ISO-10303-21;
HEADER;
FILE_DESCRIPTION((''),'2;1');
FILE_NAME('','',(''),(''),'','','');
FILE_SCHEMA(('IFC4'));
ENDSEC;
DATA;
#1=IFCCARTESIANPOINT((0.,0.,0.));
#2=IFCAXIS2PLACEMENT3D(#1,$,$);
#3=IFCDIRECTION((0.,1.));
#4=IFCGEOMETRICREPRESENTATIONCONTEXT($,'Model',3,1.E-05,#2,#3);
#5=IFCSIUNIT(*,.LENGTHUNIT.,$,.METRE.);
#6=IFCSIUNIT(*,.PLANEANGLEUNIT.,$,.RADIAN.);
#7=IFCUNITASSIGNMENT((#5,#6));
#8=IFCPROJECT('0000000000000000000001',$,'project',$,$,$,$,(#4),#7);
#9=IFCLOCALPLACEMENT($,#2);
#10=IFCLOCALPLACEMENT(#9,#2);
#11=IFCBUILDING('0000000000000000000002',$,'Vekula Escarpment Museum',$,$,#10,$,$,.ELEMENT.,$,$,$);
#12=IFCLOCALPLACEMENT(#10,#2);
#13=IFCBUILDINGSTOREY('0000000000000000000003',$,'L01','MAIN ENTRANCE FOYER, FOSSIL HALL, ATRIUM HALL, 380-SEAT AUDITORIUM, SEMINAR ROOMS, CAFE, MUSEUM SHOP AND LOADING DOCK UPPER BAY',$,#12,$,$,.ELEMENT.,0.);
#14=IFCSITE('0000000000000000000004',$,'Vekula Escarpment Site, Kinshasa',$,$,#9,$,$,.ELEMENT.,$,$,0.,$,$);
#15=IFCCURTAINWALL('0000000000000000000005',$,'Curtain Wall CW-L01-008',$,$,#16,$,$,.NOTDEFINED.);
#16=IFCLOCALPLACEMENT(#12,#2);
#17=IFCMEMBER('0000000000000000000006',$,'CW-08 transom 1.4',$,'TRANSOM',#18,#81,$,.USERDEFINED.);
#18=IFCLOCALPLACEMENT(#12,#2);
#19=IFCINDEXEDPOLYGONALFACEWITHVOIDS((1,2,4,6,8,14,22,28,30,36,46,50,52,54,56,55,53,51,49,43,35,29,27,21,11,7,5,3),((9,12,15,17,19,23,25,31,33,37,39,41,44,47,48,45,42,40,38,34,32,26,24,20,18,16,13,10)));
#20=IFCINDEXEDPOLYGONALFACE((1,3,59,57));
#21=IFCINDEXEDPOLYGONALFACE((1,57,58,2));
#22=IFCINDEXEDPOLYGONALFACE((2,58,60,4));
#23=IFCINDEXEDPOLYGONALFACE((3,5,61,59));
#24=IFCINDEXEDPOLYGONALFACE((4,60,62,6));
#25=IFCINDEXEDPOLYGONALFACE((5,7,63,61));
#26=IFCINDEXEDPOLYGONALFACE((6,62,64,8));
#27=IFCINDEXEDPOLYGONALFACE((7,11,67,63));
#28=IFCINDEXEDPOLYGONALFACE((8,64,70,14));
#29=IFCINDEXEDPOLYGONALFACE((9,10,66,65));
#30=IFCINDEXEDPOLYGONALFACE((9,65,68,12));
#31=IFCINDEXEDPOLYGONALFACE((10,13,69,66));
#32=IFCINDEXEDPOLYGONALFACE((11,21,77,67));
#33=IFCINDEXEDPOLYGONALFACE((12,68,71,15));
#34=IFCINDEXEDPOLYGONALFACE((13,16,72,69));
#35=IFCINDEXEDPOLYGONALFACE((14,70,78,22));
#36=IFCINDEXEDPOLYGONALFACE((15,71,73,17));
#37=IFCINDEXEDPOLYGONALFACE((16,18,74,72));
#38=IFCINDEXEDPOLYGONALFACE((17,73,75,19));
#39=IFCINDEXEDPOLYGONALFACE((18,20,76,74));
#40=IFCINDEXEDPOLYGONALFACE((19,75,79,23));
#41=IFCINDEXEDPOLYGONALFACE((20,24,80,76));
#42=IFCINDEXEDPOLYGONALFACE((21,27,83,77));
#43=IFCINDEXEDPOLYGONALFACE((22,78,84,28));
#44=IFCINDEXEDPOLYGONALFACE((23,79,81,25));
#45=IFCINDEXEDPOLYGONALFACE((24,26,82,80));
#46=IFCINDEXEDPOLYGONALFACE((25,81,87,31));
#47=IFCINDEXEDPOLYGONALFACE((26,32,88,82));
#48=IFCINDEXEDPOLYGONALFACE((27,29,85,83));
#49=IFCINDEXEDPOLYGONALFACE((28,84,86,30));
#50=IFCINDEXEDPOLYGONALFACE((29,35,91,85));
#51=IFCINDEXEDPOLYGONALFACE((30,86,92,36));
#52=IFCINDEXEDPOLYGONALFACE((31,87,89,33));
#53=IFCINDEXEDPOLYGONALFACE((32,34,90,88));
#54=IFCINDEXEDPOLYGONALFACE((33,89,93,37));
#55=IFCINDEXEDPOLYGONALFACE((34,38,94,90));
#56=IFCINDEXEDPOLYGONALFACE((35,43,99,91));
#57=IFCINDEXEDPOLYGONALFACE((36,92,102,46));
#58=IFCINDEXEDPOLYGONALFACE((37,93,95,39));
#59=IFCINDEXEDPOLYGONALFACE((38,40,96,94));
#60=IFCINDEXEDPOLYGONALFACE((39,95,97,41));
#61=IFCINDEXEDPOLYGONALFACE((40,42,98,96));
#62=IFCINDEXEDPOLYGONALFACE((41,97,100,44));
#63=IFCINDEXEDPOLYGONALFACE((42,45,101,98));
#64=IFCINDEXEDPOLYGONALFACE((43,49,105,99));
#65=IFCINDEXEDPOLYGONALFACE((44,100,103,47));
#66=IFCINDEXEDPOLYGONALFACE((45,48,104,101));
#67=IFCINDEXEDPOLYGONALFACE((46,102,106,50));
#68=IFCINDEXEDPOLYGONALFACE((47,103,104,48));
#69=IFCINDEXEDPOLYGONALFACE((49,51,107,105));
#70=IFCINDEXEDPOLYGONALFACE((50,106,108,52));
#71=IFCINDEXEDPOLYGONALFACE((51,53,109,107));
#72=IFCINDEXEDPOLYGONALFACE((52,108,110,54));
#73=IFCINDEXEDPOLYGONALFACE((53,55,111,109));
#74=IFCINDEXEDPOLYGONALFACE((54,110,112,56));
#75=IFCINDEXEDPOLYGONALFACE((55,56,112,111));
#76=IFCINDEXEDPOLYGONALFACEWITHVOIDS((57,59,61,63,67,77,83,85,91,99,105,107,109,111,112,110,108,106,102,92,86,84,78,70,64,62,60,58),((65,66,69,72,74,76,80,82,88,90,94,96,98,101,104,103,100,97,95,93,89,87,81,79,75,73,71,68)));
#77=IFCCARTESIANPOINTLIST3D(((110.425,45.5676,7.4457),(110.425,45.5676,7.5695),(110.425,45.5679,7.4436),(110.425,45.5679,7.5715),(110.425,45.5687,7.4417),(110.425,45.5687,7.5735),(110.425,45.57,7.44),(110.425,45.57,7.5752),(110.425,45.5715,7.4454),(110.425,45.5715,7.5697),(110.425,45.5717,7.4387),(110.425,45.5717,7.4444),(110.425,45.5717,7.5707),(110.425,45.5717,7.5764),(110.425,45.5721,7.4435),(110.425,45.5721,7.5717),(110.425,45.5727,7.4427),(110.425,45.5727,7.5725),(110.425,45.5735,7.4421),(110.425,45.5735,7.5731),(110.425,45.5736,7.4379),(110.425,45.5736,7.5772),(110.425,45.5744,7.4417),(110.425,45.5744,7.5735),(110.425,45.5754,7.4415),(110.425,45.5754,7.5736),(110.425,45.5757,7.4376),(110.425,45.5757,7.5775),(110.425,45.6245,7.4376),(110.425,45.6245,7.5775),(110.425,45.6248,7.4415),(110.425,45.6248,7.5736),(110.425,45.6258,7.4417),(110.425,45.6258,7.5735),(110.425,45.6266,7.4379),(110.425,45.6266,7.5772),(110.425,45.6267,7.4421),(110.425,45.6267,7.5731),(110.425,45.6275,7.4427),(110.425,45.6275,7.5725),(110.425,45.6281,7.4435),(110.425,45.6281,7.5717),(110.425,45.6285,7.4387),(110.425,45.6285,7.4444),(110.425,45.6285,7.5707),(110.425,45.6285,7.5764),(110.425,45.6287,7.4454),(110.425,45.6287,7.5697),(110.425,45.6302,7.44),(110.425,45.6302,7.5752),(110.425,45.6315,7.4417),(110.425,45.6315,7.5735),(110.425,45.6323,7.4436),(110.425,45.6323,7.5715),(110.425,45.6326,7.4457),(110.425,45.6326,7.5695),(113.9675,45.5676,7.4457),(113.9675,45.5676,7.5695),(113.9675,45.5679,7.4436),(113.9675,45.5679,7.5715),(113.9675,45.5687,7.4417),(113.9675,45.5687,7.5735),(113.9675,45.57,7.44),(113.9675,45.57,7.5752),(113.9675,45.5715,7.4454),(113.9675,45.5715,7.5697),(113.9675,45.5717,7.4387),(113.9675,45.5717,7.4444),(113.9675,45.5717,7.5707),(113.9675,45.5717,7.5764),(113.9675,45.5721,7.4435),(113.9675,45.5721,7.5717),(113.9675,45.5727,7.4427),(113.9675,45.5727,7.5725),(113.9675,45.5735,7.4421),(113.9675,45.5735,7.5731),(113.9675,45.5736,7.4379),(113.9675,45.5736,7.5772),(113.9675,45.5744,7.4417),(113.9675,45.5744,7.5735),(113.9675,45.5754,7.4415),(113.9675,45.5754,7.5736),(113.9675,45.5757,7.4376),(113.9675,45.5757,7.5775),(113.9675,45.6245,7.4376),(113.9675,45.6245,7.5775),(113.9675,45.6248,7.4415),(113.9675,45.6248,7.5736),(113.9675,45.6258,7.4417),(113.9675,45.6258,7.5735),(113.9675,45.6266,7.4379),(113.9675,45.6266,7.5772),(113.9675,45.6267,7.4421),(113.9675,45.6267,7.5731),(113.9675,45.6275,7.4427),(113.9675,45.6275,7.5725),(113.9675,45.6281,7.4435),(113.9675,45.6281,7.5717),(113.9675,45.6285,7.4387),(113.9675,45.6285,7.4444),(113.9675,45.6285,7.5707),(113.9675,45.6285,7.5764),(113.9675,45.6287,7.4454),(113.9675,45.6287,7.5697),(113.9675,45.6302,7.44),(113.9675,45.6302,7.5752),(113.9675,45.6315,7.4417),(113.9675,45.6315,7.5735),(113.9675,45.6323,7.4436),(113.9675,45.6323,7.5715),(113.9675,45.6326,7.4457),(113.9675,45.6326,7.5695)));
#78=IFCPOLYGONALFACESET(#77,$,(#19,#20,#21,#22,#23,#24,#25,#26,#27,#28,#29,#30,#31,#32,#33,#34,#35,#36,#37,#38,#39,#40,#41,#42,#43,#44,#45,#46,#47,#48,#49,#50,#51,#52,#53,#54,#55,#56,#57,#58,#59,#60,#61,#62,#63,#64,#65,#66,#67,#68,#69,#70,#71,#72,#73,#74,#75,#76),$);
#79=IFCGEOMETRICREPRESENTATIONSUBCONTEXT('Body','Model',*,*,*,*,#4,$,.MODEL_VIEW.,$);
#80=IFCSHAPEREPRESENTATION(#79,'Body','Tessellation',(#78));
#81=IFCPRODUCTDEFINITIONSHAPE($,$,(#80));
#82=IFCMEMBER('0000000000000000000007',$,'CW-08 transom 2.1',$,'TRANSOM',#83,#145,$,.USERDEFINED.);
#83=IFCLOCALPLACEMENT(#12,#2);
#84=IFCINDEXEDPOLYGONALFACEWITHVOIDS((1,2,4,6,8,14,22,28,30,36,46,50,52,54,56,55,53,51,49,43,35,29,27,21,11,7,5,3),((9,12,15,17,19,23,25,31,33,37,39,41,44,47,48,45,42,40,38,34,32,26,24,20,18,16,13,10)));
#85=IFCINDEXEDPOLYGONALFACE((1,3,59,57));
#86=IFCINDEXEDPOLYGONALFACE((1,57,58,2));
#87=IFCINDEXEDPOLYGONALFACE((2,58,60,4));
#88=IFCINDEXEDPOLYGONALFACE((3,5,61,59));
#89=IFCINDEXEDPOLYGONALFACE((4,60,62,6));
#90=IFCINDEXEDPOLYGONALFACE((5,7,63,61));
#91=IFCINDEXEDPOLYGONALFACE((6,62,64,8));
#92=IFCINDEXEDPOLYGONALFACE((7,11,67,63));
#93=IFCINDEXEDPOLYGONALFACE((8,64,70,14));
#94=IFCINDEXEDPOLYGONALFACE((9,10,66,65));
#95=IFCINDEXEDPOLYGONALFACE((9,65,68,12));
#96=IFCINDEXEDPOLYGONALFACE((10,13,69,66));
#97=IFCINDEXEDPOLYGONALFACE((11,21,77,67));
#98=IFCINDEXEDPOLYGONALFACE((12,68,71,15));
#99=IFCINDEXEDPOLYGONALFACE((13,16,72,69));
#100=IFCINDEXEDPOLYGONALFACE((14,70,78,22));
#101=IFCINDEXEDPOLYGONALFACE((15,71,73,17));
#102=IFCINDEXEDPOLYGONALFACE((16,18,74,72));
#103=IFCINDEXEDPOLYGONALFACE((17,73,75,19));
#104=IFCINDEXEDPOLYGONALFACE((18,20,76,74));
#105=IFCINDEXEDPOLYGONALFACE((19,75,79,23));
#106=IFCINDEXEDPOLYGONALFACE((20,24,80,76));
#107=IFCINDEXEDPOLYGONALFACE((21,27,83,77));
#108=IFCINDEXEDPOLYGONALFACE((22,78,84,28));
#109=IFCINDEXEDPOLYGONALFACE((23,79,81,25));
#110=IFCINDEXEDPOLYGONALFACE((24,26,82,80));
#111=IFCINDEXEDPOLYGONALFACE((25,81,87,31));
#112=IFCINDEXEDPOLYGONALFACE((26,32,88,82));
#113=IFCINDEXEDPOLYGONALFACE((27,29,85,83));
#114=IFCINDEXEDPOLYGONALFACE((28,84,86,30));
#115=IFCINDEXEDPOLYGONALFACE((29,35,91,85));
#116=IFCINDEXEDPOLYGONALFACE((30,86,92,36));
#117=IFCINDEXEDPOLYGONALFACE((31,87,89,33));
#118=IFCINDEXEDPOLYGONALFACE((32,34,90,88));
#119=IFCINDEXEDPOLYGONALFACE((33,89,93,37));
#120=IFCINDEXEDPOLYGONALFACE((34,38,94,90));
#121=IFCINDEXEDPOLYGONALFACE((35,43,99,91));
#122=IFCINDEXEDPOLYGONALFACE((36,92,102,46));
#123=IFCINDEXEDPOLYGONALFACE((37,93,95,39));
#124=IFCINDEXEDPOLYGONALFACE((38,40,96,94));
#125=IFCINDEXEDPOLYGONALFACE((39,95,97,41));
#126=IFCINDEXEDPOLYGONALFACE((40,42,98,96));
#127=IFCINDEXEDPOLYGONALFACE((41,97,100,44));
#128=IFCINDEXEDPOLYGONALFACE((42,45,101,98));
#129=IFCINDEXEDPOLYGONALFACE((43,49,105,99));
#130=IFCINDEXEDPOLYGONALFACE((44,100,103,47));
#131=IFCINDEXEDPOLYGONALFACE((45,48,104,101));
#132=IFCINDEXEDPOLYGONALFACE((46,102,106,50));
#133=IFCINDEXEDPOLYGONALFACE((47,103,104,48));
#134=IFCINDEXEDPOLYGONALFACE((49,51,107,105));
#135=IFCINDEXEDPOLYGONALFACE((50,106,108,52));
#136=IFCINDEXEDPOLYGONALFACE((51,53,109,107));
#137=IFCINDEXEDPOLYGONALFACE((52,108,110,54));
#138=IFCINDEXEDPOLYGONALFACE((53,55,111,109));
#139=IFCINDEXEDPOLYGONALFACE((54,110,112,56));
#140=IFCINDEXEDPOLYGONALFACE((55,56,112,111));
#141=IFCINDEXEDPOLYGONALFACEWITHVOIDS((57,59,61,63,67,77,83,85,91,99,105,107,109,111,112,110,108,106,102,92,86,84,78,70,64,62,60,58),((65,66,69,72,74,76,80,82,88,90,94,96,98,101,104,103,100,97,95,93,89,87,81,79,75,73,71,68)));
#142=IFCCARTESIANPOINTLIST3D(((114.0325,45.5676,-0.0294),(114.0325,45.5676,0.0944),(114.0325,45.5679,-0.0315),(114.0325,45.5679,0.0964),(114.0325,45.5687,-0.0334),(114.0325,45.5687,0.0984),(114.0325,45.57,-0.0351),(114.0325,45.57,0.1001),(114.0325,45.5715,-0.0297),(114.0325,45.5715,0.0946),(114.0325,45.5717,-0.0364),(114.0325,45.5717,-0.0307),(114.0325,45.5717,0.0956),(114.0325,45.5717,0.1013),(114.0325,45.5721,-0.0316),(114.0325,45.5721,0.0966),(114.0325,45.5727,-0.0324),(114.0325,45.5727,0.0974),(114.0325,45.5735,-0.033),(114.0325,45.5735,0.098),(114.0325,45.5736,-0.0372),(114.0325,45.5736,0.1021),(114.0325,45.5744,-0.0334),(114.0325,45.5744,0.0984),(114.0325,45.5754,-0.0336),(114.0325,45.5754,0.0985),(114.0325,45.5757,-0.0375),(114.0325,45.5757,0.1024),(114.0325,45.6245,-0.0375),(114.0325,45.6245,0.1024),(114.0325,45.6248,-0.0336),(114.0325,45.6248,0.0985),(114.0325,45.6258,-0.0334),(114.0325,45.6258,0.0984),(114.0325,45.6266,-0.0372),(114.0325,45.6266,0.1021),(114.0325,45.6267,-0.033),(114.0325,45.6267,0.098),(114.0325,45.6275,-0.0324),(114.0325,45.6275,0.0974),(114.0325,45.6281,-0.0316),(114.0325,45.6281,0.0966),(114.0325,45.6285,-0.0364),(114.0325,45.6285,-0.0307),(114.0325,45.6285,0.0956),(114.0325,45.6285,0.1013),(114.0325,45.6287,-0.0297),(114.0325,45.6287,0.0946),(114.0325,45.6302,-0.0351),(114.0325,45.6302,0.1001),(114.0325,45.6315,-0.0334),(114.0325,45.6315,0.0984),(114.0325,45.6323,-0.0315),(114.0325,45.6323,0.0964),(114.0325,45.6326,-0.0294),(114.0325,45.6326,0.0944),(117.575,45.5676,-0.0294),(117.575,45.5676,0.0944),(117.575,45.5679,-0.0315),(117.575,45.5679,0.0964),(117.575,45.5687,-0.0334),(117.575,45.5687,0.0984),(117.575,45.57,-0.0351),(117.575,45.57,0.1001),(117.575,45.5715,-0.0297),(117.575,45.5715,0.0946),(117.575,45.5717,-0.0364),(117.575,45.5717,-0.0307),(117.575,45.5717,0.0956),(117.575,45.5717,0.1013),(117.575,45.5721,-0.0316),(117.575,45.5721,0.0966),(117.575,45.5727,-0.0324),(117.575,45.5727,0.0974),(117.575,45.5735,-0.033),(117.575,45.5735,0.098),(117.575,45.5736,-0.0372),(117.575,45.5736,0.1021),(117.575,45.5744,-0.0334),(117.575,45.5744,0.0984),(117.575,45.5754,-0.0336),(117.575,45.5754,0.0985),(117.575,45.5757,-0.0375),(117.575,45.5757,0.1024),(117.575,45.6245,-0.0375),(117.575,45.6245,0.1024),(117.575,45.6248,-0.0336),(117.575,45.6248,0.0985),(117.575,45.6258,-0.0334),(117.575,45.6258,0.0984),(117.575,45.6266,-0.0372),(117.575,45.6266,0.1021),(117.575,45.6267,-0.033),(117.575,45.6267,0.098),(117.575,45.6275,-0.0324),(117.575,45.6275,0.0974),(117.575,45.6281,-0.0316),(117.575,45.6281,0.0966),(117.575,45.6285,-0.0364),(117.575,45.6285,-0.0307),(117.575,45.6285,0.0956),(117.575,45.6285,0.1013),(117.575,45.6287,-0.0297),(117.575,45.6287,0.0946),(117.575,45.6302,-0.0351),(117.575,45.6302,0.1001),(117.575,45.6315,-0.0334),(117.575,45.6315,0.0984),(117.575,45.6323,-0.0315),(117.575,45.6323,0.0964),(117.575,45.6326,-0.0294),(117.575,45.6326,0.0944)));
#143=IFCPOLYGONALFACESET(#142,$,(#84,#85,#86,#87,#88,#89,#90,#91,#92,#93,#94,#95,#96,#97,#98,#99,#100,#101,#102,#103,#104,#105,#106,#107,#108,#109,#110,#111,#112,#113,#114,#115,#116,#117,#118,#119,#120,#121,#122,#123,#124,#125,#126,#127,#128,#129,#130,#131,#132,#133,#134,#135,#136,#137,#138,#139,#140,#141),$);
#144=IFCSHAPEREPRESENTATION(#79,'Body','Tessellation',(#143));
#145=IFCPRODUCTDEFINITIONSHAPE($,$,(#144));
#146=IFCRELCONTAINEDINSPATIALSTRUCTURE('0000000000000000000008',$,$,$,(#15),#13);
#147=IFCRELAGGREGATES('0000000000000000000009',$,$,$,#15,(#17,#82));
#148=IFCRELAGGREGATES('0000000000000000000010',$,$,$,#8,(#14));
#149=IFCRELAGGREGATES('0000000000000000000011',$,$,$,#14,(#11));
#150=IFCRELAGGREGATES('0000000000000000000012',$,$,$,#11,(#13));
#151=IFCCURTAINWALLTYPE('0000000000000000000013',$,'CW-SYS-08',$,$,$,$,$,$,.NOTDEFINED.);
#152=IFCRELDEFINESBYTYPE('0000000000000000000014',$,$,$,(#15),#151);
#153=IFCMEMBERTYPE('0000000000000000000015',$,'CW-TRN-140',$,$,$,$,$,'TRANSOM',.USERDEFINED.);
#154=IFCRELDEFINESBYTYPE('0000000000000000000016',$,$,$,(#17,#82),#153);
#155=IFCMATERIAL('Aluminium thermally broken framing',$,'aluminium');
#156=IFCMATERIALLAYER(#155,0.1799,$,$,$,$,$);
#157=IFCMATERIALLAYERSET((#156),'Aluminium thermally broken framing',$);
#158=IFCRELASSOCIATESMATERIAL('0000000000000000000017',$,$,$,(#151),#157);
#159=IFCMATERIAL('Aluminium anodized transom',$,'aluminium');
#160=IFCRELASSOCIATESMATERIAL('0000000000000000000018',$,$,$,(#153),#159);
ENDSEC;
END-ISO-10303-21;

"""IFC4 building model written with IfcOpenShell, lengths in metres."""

from ifc_helpers import new_model, si_unit, direction, frame, origin, origin_2d, place, context, subcontext, project, spatial, hollow_rectangle, extrude, material, layer, layer_set, material_profile, profile_set, type_object, element, aggregate, save


model = new_model("IFC4")

# Units and contexts
model_context = context("Model", 3, precision=1e-05, world=origin(), true_north=direction((0.0, 1.0)))
body_context = subcontext(model_context, "Body", "Model", "MODEL_VIEW")
ifc_project = project(units=[si_unit("LENGTHUNIT", "METRE"), si_unit("PLANEANGLEUNIT", "RADIAN")], contexts=[model_context])

# Site, building, storey
site_placement = place(None, origin())
site = spatial("IfcSite", under=ifc_project, at=site_placement, Name="Vekula Escarpment Site, Kinshasa", CompositionType="ELEMENT", RefElevation=0.0)
building_placement = place(site_placement, origin())
building = spatial("IfcBuilding", under=site, at=building_placement, Name="Vekula Escarpment Museum", CompositionType="ELEMENT")
storey_placement = place(building_placement, origin())
storey = spatial("IfcBuildingStorey", under=building, at=storey_placement, Name="L01", Description="MAIN ENTRANCE FOYER, FOSSIL HALL, ATRIUM HALL, 380-SEAT AUDITORIUM, SEMINAR ROOMS, CAFE, MUSEUM SHOP AND LOADING DOCK UPPER BAY", CompositionType="ELEMENT", Elevation=0.0)

# Curtain wall, members
ifc_material_1 = material(Name="Aluminium thermally broken framing", Category="aluminium")
ifc_layer_1 = layer(ifc_material_1, 0.1799)
ifc_layer_set_1 = layer_set([ifc_layer_1], Name="Aluminium thermally broken framing")
curtain_wall_type = type_object("IfcCurtainWallType", Name="CW-SYS-08", PredefinedType="NOTDEFINED", material=ifc_layer_set_1)
curtain_wall_placement = place(storey_placement, origin())
curtain_wall = element("IfcCurtainWall", 1, at=curtain_wall_placement, inside=storey, type_object=curtain_wall_type, Name="Curtain Wall CW-L01-008", PredefinedType="NOTDEFINED")
ifc_material_2 = material(Name="Aluminium anodized transom", Category="aluminium")
ifc_material_profile_1 = material_profile(ifc_material_2, hollow_rectangle(XDim=0.0649, YDim=0.1399, WallThickness=0.0039, InnerFilletRadius=0.0039, OuterFilletRadius=0.0081, at=origin_2d()), Name="ALU 140x65x4")
ifc_profile_set_1 = profile_set([ifc_material_profile_1], Name="Aluminium anodized transom")
member_type_1 = type_object("IfcMemberType", Name="CW-TRN-140", ElementType="TRANSOM", PredefinedType="USERDEFINED", material=ifc_profile_set_1)
member_1_placement = place(storey_placement, frame((110.425, 45.6001, 7.5076), z_axis=(1.0, 0.0, 0.0), x_axis=(0.0, 1.0, 0.0)))
member_1 = element("IfcMember", 2, at=member_1_placement, type_object=member_type_1, Name="CW-08 transom 1.4", ObjectType="TRANSOM", PredefinedType="USERDEFINED", context=body_context, shape_type="SweptSolid", body=[
    extrude(hollow_rectangle(XDim=0.0649, YDim=0.1399, WallThickness=0.0039, InnerFilletRadius=0.0039, OuterFilletRadius=0.0081, at=origin_2d()), origin(), (0.0, 0.0, 1.0), 3.5425),
])
member_2_placement = place(storey_placement, frame((114.0325, 45.6001, 0.0325), z_axis=(1.0, 0.0, 0.0), x_axis=(0.0, 1.0, 0.0)))
member_2 = element("IfcMember", 3, at=member_2_placement, type_object=member_type_1, Name="CW-08 transom 2.1", ObjectType="TRANSOM", PredefinedType="USERDEFINED", context=body_context, shape_type="SweptSolid", body=[
    extrude(hollow_rectangle(XDim=0.0649, YDim=0.1399, WallThickness=0.0039, InnerFilletRadius=0.0039, OuterFilletRadius=0.0081, at=origin_2d()), origin(), (0.0, 0.0, 1.0), 3.5425),
])
aggregate(curtain_wall, [member_1, member_2])

save(model, "model.ifc")
